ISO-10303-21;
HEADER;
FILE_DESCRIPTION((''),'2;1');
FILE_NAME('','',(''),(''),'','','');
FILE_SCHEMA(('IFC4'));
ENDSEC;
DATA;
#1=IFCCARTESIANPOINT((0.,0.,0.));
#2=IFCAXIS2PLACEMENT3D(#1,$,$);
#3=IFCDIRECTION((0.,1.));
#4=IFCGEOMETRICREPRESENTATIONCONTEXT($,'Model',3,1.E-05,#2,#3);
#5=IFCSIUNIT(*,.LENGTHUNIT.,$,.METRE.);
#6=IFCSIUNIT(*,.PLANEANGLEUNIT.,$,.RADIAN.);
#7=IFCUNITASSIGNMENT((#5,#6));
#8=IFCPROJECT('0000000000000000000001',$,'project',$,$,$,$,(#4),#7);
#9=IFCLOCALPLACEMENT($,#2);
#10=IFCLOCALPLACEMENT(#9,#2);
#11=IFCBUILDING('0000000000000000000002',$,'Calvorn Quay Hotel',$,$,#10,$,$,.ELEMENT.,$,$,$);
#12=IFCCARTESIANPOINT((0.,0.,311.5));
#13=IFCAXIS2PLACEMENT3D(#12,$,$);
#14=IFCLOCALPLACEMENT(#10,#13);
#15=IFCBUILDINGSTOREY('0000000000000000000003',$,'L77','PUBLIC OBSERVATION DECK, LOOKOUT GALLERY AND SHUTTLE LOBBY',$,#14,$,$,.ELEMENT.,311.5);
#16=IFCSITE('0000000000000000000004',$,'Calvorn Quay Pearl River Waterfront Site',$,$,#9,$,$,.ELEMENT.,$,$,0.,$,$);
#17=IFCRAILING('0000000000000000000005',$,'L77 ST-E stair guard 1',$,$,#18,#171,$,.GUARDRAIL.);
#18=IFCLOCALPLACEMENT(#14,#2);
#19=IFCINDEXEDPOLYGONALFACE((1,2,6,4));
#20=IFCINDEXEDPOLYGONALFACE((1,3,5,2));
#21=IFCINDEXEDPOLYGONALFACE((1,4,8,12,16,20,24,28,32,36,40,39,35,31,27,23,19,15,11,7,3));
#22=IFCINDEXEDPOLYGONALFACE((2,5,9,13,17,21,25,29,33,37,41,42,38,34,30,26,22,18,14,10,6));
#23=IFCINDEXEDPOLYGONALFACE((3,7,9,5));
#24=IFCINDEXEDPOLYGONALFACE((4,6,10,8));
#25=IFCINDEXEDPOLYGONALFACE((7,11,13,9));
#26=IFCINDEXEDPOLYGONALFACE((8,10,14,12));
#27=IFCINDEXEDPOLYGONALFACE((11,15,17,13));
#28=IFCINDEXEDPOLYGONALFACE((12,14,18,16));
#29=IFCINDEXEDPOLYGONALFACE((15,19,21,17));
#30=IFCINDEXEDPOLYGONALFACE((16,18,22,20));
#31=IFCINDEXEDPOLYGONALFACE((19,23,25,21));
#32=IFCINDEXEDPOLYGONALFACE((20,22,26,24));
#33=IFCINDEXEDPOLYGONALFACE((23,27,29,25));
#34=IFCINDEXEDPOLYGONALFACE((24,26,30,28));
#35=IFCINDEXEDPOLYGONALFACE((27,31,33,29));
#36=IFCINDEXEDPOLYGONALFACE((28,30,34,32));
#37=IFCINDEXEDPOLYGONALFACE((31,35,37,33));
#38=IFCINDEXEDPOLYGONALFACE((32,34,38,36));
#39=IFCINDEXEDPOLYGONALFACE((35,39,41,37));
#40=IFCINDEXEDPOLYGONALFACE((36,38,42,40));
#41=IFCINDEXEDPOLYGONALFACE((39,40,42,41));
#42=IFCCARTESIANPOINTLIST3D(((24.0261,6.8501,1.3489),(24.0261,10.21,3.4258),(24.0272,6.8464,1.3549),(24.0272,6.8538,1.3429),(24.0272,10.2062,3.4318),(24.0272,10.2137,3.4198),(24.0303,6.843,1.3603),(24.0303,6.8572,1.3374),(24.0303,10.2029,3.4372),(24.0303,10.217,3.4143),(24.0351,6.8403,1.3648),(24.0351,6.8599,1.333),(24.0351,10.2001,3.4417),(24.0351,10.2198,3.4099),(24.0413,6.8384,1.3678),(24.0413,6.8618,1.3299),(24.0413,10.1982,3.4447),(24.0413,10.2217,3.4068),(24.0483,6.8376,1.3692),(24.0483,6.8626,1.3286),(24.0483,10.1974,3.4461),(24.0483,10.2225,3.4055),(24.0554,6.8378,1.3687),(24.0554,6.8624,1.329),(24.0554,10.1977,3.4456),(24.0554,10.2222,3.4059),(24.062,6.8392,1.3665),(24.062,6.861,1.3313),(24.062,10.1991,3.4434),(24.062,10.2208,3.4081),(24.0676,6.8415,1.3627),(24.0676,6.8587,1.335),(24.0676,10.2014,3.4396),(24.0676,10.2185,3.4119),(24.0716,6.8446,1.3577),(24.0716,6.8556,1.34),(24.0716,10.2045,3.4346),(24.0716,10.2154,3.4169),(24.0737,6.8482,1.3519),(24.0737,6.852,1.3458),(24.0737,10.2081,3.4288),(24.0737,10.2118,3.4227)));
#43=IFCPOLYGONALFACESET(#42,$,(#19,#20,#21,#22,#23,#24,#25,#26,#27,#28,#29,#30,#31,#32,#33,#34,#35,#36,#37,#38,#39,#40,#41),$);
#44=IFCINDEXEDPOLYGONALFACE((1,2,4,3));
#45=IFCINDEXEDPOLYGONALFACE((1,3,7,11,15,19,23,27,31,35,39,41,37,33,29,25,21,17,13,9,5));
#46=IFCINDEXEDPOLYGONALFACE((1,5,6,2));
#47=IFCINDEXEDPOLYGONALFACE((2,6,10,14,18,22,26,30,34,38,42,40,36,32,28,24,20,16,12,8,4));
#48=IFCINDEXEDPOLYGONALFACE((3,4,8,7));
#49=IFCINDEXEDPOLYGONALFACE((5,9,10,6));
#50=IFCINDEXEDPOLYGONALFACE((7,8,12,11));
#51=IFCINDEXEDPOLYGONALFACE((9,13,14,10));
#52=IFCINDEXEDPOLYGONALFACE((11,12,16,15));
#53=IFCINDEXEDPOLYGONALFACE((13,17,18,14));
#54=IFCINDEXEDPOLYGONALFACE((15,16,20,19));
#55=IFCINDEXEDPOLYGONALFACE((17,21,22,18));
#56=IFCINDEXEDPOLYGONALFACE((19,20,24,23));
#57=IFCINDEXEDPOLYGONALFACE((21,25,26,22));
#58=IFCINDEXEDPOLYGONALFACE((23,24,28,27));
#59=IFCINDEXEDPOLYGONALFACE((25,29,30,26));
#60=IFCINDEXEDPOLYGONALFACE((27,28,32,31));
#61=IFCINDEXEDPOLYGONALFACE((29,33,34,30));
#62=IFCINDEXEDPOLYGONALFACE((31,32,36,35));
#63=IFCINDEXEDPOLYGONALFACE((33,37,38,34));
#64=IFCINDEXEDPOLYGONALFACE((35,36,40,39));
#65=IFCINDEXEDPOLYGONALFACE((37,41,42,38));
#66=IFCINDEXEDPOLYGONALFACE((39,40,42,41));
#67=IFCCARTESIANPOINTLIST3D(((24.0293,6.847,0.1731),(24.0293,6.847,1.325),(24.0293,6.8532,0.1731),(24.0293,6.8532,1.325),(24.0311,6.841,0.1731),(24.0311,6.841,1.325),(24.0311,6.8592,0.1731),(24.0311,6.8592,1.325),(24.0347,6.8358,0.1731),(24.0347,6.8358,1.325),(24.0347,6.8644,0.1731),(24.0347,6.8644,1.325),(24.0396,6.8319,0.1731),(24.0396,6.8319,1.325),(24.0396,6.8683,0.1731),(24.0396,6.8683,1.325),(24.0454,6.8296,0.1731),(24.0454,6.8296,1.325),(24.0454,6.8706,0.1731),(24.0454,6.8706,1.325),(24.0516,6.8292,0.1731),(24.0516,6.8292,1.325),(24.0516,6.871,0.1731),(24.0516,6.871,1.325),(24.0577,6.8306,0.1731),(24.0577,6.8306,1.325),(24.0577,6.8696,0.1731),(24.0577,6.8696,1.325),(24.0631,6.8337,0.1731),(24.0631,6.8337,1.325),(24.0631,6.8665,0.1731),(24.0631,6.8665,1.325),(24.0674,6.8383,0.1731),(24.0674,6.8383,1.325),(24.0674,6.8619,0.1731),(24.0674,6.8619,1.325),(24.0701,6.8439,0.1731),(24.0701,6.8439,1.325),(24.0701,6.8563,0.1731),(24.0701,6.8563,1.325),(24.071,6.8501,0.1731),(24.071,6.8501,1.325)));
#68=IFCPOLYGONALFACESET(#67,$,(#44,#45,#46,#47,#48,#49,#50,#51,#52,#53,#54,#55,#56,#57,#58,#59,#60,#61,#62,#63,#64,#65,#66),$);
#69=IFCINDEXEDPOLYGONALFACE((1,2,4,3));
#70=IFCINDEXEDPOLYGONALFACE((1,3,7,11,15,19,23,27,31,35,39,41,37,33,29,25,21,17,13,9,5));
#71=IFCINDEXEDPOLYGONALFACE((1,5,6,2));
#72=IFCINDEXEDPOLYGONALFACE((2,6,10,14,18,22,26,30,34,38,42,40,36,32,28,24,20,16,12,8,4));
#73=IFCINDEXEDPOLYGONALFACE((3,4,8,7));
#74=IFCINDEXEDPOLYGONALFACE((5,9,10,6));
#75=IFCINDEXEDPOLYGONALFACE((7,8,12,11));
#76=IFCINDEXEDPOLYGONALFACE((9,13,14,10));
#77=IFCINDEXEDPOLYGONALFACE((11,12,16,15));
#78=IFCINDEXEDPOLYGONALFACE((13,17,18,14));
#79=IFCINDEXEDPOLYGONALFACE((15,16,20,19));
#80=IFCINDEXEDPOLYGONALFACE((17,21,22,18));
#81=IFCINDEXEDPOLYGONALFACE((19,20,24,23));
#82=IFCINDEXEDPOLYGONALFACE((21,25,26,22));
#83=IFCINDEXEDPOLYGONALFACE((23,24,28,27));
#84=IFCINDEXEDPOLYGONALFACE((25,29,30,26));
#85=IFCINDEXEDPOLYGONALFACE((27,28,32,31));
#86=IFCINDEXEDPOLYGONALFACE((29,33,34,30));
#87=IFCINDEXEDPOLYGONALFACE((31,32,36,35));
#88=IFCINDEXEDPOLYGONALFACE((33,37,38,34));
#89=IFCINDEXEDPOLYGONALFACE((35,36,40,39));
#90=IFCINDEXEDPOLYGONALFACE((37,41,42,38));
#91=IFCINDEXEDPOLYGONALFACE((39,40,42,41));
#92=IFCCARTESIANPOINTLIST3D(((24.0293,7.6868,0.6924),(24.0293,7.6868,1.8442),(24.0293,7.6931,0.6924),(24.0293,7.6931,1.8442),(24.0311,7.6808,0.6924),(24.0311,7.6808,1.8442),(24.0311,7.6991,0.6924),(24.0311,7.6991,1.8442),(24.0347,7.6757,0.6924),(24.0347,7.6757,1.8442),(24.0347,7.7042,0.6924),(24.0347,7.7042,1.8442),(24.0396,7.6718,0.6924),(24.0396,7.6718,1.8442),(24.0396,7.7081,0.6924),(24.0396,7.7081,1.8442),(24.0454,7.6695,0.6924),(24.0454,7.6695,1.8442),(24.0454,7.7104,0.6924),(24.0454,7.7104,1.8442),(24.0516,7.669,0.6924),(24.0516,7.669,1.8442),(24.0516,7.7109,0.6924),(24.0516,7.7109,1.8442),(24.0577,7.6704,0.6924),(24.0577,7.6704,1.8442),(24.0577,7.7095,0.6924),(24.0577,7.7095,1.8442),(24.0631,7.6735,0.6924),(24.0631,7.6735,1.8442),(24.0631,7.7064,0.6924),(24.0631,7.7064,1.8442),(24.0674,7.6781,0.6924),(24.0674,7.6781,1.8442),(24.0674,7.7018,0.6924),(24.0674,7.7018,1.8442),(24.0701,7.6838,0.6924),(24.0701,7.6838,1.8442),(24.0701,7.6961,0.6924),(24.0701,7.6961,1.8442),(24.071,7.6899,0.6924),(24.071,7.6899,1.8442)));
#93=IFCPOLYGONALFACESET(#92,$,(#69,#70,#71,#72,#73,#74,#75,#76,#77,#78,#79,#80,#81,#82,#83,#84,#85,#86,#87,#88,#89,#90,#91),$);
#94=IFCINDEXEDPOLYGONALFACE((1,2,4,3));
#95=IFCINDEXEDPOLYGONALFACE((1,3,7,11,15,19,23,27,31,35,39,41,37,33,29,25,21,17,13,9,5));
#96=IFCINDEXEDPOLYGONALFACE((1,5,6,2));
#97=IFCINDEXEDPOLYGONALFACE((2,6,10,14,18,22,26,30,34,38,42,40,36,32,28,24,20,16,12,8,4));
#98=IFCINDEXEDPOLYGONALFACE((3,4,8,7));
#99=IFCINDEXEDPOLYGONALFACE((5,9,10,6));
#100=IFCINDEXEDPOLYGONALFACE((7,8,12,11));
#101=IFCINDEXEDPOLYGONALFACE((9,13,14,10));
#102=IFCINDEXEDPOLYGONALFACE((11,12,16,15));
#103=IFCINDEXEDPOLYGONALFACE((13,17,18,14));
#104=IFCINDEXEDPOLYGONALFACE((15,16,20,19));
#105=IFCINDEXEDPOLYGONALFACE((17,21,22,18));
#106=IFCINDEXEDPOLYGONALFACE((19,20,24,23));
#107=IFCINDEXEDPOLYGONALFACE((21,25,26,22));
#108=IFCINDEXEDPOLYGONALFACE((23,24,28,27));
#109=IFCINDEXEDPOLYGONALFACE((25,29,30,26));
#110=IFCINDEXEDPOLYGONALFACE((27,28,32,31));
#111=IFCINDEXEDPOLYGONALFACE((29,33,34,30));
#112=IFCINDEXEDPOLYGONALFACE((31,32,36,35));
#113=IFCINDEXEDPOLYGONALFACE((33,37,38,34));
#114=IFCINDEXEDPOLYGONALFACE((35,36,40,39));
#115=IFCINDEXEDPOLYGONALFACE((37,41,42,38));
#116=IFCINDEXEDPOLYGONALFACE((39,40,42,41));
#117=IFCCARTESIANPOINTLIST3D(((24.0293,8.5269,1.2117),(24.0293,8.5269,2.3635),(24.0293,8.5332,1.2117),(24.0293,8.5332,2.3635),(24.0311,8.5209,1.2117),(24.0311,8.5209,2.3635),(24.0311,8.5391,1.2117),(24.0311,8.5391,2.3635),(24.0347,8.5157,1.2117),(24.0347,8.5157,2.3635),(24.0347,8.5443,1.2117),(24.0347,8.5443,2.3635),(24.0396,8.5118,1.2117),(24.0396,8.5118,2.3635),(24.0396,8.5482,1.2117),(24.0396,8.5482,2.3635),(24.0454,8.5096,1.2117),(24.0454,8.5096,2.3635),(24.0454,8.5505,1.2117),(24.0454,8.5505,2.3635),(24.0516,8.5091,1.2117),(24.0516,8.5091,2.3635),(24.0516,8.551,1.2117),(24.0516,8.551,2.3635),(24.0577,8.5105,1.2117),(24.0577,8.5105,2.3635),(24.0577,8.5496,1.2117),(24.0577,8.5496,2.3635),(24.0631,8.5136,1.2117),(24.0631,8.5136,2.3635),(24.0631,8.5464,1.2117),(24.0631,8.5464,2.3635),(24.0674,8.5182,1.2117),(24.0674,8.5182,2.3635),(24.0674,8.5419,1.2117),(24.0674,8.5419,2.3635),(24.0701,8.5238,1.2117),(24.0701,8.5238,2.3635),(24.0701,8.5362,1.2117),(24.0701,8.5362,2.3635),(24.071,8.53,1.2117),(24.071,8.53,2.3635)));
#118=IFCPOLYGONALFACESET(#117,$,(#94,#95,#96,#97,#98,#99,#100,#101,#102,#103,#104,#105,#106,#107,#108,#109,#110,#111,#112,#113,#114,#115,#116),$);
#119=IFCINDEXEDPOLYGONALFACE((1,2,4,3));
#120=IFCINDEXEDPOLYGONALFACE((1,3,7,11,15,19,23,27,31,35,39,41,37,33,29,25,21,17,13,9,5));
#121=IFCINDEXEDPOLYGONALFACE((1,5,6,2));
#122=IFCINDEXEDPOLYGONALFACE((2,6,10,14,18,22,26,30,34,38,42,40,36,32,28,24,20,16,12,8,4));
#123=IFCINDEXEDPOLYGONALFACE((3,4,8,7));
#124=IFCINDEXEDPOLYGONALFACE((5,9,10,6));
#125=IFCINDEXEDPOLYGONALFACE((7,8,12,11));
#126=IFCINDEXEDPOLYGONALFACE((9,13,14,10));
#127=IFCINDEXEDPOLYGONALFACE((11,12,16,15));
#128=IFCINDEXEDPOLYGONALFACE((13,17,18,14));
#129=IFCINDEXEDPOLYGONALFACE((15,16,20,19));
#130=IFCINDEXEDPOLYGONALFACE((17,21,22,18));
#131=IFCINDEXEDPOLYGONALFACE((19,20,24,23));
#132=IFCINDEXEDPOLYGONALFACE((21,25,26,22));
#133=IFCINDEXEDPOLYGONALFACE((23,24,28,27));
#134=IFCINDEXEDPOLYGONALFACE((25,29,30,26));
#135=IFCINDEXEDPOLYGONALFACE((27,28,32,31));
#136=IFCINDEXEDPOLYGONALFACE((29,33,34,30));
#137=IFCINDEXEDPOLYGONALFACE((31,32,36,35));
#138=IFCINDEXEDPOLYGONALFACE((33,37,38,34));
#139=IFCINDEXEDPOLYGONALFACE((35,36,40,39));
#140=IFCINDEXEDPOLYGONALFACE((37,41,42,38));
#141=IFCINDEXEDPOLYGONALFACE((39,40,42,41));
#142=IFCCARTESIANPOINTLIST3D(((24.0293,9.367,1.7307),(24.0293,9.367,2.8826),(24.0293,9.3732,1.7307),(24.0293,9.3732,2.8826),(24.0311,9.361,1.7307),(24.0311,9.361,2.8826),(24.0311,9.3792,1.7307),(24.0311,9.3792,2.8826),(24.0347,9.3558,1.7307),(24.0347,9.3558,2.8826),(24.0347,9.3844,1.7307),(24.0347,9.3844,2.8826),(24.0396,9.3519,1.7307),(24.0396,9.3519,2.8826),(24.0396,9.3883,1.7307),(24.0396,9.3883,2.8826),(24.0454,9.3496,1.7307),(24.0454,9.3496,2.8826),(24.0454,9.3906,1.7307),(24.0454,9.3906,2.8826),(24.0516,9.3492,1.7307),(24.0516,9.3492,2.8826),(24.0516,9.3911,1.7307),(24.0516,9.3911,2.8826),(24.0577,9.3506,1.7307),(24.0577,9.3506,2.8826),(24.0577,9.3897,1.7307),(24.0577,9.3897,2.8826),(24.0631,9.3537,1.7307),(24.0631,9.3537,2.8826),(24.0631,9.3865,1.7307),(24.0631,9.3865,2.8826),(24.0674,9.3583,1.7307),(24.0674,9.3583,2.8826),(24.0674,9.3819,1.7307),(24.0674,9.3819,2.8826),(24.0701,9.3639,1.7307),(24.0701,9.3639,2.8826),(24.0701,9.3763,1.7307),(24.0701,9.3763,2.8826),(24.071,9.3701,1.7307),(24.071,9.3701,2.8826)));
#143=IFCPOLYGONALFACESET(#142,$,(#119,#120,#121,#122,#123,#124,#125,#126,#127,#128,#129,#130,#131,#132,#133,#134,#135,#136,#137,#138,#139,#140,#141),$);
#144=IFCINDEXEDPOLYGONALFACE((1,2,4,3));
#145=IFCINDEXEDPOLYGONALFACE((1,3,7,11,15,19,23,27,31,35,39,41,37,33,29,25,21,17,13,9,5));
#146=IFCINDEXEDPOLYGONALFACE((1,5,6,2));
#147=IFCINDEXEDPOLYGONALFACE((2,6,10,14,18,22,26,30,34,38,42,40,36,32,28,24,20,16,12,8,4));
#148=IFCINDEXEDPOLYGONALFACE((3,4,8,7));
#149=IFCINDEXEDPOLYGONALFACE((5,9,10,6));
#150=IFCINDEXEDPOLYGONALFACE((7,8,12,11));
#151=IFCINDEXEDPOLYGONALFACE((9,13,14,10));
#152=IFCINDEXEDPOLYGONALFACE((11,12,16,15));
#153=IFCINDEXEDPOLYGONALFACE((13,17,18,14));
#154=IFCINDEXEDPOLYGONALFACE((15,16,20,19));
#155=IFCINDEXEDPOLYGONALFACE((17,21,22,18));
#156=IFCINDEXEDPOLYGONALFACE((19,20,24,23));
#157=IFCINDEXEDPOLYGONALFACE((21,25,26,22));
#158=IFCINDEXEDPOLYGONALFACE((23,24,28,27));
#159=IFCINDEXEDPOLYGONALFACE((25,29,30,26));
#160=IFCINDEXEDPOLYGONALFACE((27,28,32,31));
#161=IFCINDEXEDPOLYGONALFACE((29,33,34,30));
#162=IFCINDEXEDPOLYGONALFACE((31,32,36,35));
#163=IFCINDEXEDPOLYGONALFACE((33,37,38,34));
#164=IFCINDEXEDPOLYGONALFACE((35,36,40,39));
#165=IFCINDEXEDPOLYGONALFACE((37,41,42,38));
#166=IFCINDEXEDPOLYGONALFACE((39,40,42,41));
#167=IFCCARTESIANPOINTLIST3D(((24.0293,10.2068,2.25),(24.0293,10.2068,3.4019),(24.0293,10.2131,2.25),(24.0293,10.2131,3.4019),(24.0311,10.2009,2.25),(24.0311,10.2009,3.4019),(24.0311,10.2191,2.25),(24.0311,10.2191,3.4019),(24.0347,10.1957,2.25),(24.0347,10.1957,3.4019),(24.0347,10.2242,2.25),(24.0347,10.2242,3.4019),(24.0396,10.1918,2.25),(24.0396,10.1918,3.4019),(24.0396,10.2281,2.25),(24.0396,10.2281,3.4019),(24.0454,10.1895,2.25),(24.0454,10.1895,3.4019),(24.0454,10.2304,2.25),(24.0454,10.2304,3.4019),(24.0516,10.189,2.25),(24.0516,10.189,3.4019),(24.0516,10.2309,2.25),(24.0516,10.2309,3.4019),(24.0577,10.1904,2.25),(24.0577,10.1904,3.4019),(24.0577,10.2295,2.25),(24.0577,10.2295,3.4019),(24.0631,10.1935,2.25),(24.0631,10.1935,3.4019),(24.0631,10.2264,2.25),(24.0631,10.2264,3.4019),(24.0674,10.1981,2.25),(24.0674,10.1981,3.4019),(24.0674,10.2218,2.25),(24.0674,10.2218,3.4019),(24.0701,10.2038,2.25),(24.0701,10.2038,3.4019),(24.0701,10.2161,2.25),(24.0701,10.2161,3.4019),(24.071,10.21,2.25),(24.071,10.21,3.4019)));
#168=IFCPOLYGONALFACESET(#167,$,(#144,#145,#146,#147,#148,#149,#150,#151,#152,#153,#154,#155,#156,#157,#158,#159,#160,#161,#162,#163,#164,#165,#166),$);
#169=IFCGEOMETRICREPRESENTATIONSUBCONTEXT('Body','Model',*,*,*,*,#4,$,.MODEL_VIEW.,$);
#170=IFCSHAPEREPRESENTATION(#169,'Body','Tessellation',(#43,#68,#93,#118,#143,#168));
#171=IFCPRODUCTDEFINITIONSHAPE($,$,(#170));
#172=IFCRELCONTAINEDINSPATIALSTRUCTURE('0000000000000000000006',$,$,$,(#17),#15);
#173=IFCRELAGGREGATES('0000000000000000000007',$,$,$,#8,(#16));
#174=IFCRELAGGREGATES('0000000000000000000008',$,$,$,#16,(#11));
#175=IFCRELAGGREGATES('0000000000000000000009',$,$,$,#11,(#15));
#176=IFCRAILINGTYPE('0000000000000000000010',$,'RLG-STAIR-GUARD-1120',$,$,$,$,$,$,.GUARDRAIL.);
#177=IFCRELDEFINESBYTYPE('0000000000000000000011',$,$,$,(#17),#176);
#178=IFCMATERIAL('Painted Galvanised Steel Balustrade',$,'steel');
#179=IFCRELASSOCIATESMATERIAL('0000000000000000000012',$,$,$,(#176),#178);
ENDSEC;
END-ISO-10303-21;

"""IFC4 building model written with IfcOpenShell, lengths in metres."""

from ifc_helpers import new_model, si_unit, direction, frame, origin, origin_2d, place, context, subcontext, project, spatial, circle, extrude, material, type_object, element, save


model = new_model("IFC4")

# Units and contexts
model_context = context("Model", 3, precision=1e-05, world=origin(), true_north=direction((0.0, 1.0)))
body_context = subcontext(model_context, "Body", "Model", "MODEL_VIEW")
ifc_project = project(units=[si_unit("LENGTHUNIT", "METRE"), si_unit("PLANEANGLEUNIT", "RADIAN")], contexts=[model_context])

# Site, building, storey
site_placement = place(None, origin())
site = spatial("IfcSite", under=ifc_project, at=site_placement, Name="Calvorn Quay Pearl River Waterfront Site", CompositionType="ELEMENT", RefElevation=0.0)
building_placement = place(site_placement, origin())
building = spatial("IfcBuilding", under=site, at=building_placement, Name="Calvorn Quay Hotel", CompositionType="ELEMENT")
storey_placement = place(building_placement, frame((0.0, 0.0, 311.5)))
storey = spatial("IfcBuildingStorey", under=building, at=storey_placement, Name="L77", Description="PUBLIC OBSERVATION DECK, LOOKOUT GALLERY AND SHUTTLE LOBBY", CompositionType="ELEMENT", Elevation=311.5)

# Railing
ifc_material_1 = material(Name="Painted Galvanised Steel Balustrade", Category="steel")
railing_type_1 = type_object("IfcRailingType", Name="RLG-STAIR-GUARD-1120", PredefinedType="GUARDRAIL", material=ifc_material_1)
railing_1_placement = place(storey_placement, frame((24.05, 6.8501, 0.1731)))
element("IfcRailing", 1, at=railing_1_placement, inside=storey, type_object=railing_type_1, Name="L77 ST-E stair guard 1", PredefinedType="GUARDRAIL", context=body_context, shape_type="SweptSolid", body=[
    extrude(circle(Radius=0.0239, at=origin_2d()), frame((0.0, 0.0, 1.1758), z_axis=(0.0, 0.850606, 0.525803), x_axis=(-1.0, 0.0, 0.0)), (0.0, 0.0, 1.0), 3.95),
    extrude(circle(Radius=0.021, at=origin_2d()), origin(), (0.0, 0.0, 1.0), 1.1519),
    extrude(circle(Radius=0.021, at=origin_2d()), frame((0.0, 0.8398, 0.5193)), (0.0, 0.0, 1.0), 1.1519),
    extrude(circle(Radius=0.021, at=origin_2d()), frame((0.0, 1.6799, 1.0386)), (0.0, 0.0, 1.0), 1.1519),
    extrude(circle(Radius=0.021, at=origin_2d()), frame((0.0, 2.52, 1.5576)), (0.0, 0.0, 1.0), 1.1519),
    extrude(circle(Radius=0.021, at=origin_2d()), frame((0.0, 3.3599, 2.0769)), (0.0, 0.0, 1.0), 1.1519),
])

save(model, "model.ifc")
